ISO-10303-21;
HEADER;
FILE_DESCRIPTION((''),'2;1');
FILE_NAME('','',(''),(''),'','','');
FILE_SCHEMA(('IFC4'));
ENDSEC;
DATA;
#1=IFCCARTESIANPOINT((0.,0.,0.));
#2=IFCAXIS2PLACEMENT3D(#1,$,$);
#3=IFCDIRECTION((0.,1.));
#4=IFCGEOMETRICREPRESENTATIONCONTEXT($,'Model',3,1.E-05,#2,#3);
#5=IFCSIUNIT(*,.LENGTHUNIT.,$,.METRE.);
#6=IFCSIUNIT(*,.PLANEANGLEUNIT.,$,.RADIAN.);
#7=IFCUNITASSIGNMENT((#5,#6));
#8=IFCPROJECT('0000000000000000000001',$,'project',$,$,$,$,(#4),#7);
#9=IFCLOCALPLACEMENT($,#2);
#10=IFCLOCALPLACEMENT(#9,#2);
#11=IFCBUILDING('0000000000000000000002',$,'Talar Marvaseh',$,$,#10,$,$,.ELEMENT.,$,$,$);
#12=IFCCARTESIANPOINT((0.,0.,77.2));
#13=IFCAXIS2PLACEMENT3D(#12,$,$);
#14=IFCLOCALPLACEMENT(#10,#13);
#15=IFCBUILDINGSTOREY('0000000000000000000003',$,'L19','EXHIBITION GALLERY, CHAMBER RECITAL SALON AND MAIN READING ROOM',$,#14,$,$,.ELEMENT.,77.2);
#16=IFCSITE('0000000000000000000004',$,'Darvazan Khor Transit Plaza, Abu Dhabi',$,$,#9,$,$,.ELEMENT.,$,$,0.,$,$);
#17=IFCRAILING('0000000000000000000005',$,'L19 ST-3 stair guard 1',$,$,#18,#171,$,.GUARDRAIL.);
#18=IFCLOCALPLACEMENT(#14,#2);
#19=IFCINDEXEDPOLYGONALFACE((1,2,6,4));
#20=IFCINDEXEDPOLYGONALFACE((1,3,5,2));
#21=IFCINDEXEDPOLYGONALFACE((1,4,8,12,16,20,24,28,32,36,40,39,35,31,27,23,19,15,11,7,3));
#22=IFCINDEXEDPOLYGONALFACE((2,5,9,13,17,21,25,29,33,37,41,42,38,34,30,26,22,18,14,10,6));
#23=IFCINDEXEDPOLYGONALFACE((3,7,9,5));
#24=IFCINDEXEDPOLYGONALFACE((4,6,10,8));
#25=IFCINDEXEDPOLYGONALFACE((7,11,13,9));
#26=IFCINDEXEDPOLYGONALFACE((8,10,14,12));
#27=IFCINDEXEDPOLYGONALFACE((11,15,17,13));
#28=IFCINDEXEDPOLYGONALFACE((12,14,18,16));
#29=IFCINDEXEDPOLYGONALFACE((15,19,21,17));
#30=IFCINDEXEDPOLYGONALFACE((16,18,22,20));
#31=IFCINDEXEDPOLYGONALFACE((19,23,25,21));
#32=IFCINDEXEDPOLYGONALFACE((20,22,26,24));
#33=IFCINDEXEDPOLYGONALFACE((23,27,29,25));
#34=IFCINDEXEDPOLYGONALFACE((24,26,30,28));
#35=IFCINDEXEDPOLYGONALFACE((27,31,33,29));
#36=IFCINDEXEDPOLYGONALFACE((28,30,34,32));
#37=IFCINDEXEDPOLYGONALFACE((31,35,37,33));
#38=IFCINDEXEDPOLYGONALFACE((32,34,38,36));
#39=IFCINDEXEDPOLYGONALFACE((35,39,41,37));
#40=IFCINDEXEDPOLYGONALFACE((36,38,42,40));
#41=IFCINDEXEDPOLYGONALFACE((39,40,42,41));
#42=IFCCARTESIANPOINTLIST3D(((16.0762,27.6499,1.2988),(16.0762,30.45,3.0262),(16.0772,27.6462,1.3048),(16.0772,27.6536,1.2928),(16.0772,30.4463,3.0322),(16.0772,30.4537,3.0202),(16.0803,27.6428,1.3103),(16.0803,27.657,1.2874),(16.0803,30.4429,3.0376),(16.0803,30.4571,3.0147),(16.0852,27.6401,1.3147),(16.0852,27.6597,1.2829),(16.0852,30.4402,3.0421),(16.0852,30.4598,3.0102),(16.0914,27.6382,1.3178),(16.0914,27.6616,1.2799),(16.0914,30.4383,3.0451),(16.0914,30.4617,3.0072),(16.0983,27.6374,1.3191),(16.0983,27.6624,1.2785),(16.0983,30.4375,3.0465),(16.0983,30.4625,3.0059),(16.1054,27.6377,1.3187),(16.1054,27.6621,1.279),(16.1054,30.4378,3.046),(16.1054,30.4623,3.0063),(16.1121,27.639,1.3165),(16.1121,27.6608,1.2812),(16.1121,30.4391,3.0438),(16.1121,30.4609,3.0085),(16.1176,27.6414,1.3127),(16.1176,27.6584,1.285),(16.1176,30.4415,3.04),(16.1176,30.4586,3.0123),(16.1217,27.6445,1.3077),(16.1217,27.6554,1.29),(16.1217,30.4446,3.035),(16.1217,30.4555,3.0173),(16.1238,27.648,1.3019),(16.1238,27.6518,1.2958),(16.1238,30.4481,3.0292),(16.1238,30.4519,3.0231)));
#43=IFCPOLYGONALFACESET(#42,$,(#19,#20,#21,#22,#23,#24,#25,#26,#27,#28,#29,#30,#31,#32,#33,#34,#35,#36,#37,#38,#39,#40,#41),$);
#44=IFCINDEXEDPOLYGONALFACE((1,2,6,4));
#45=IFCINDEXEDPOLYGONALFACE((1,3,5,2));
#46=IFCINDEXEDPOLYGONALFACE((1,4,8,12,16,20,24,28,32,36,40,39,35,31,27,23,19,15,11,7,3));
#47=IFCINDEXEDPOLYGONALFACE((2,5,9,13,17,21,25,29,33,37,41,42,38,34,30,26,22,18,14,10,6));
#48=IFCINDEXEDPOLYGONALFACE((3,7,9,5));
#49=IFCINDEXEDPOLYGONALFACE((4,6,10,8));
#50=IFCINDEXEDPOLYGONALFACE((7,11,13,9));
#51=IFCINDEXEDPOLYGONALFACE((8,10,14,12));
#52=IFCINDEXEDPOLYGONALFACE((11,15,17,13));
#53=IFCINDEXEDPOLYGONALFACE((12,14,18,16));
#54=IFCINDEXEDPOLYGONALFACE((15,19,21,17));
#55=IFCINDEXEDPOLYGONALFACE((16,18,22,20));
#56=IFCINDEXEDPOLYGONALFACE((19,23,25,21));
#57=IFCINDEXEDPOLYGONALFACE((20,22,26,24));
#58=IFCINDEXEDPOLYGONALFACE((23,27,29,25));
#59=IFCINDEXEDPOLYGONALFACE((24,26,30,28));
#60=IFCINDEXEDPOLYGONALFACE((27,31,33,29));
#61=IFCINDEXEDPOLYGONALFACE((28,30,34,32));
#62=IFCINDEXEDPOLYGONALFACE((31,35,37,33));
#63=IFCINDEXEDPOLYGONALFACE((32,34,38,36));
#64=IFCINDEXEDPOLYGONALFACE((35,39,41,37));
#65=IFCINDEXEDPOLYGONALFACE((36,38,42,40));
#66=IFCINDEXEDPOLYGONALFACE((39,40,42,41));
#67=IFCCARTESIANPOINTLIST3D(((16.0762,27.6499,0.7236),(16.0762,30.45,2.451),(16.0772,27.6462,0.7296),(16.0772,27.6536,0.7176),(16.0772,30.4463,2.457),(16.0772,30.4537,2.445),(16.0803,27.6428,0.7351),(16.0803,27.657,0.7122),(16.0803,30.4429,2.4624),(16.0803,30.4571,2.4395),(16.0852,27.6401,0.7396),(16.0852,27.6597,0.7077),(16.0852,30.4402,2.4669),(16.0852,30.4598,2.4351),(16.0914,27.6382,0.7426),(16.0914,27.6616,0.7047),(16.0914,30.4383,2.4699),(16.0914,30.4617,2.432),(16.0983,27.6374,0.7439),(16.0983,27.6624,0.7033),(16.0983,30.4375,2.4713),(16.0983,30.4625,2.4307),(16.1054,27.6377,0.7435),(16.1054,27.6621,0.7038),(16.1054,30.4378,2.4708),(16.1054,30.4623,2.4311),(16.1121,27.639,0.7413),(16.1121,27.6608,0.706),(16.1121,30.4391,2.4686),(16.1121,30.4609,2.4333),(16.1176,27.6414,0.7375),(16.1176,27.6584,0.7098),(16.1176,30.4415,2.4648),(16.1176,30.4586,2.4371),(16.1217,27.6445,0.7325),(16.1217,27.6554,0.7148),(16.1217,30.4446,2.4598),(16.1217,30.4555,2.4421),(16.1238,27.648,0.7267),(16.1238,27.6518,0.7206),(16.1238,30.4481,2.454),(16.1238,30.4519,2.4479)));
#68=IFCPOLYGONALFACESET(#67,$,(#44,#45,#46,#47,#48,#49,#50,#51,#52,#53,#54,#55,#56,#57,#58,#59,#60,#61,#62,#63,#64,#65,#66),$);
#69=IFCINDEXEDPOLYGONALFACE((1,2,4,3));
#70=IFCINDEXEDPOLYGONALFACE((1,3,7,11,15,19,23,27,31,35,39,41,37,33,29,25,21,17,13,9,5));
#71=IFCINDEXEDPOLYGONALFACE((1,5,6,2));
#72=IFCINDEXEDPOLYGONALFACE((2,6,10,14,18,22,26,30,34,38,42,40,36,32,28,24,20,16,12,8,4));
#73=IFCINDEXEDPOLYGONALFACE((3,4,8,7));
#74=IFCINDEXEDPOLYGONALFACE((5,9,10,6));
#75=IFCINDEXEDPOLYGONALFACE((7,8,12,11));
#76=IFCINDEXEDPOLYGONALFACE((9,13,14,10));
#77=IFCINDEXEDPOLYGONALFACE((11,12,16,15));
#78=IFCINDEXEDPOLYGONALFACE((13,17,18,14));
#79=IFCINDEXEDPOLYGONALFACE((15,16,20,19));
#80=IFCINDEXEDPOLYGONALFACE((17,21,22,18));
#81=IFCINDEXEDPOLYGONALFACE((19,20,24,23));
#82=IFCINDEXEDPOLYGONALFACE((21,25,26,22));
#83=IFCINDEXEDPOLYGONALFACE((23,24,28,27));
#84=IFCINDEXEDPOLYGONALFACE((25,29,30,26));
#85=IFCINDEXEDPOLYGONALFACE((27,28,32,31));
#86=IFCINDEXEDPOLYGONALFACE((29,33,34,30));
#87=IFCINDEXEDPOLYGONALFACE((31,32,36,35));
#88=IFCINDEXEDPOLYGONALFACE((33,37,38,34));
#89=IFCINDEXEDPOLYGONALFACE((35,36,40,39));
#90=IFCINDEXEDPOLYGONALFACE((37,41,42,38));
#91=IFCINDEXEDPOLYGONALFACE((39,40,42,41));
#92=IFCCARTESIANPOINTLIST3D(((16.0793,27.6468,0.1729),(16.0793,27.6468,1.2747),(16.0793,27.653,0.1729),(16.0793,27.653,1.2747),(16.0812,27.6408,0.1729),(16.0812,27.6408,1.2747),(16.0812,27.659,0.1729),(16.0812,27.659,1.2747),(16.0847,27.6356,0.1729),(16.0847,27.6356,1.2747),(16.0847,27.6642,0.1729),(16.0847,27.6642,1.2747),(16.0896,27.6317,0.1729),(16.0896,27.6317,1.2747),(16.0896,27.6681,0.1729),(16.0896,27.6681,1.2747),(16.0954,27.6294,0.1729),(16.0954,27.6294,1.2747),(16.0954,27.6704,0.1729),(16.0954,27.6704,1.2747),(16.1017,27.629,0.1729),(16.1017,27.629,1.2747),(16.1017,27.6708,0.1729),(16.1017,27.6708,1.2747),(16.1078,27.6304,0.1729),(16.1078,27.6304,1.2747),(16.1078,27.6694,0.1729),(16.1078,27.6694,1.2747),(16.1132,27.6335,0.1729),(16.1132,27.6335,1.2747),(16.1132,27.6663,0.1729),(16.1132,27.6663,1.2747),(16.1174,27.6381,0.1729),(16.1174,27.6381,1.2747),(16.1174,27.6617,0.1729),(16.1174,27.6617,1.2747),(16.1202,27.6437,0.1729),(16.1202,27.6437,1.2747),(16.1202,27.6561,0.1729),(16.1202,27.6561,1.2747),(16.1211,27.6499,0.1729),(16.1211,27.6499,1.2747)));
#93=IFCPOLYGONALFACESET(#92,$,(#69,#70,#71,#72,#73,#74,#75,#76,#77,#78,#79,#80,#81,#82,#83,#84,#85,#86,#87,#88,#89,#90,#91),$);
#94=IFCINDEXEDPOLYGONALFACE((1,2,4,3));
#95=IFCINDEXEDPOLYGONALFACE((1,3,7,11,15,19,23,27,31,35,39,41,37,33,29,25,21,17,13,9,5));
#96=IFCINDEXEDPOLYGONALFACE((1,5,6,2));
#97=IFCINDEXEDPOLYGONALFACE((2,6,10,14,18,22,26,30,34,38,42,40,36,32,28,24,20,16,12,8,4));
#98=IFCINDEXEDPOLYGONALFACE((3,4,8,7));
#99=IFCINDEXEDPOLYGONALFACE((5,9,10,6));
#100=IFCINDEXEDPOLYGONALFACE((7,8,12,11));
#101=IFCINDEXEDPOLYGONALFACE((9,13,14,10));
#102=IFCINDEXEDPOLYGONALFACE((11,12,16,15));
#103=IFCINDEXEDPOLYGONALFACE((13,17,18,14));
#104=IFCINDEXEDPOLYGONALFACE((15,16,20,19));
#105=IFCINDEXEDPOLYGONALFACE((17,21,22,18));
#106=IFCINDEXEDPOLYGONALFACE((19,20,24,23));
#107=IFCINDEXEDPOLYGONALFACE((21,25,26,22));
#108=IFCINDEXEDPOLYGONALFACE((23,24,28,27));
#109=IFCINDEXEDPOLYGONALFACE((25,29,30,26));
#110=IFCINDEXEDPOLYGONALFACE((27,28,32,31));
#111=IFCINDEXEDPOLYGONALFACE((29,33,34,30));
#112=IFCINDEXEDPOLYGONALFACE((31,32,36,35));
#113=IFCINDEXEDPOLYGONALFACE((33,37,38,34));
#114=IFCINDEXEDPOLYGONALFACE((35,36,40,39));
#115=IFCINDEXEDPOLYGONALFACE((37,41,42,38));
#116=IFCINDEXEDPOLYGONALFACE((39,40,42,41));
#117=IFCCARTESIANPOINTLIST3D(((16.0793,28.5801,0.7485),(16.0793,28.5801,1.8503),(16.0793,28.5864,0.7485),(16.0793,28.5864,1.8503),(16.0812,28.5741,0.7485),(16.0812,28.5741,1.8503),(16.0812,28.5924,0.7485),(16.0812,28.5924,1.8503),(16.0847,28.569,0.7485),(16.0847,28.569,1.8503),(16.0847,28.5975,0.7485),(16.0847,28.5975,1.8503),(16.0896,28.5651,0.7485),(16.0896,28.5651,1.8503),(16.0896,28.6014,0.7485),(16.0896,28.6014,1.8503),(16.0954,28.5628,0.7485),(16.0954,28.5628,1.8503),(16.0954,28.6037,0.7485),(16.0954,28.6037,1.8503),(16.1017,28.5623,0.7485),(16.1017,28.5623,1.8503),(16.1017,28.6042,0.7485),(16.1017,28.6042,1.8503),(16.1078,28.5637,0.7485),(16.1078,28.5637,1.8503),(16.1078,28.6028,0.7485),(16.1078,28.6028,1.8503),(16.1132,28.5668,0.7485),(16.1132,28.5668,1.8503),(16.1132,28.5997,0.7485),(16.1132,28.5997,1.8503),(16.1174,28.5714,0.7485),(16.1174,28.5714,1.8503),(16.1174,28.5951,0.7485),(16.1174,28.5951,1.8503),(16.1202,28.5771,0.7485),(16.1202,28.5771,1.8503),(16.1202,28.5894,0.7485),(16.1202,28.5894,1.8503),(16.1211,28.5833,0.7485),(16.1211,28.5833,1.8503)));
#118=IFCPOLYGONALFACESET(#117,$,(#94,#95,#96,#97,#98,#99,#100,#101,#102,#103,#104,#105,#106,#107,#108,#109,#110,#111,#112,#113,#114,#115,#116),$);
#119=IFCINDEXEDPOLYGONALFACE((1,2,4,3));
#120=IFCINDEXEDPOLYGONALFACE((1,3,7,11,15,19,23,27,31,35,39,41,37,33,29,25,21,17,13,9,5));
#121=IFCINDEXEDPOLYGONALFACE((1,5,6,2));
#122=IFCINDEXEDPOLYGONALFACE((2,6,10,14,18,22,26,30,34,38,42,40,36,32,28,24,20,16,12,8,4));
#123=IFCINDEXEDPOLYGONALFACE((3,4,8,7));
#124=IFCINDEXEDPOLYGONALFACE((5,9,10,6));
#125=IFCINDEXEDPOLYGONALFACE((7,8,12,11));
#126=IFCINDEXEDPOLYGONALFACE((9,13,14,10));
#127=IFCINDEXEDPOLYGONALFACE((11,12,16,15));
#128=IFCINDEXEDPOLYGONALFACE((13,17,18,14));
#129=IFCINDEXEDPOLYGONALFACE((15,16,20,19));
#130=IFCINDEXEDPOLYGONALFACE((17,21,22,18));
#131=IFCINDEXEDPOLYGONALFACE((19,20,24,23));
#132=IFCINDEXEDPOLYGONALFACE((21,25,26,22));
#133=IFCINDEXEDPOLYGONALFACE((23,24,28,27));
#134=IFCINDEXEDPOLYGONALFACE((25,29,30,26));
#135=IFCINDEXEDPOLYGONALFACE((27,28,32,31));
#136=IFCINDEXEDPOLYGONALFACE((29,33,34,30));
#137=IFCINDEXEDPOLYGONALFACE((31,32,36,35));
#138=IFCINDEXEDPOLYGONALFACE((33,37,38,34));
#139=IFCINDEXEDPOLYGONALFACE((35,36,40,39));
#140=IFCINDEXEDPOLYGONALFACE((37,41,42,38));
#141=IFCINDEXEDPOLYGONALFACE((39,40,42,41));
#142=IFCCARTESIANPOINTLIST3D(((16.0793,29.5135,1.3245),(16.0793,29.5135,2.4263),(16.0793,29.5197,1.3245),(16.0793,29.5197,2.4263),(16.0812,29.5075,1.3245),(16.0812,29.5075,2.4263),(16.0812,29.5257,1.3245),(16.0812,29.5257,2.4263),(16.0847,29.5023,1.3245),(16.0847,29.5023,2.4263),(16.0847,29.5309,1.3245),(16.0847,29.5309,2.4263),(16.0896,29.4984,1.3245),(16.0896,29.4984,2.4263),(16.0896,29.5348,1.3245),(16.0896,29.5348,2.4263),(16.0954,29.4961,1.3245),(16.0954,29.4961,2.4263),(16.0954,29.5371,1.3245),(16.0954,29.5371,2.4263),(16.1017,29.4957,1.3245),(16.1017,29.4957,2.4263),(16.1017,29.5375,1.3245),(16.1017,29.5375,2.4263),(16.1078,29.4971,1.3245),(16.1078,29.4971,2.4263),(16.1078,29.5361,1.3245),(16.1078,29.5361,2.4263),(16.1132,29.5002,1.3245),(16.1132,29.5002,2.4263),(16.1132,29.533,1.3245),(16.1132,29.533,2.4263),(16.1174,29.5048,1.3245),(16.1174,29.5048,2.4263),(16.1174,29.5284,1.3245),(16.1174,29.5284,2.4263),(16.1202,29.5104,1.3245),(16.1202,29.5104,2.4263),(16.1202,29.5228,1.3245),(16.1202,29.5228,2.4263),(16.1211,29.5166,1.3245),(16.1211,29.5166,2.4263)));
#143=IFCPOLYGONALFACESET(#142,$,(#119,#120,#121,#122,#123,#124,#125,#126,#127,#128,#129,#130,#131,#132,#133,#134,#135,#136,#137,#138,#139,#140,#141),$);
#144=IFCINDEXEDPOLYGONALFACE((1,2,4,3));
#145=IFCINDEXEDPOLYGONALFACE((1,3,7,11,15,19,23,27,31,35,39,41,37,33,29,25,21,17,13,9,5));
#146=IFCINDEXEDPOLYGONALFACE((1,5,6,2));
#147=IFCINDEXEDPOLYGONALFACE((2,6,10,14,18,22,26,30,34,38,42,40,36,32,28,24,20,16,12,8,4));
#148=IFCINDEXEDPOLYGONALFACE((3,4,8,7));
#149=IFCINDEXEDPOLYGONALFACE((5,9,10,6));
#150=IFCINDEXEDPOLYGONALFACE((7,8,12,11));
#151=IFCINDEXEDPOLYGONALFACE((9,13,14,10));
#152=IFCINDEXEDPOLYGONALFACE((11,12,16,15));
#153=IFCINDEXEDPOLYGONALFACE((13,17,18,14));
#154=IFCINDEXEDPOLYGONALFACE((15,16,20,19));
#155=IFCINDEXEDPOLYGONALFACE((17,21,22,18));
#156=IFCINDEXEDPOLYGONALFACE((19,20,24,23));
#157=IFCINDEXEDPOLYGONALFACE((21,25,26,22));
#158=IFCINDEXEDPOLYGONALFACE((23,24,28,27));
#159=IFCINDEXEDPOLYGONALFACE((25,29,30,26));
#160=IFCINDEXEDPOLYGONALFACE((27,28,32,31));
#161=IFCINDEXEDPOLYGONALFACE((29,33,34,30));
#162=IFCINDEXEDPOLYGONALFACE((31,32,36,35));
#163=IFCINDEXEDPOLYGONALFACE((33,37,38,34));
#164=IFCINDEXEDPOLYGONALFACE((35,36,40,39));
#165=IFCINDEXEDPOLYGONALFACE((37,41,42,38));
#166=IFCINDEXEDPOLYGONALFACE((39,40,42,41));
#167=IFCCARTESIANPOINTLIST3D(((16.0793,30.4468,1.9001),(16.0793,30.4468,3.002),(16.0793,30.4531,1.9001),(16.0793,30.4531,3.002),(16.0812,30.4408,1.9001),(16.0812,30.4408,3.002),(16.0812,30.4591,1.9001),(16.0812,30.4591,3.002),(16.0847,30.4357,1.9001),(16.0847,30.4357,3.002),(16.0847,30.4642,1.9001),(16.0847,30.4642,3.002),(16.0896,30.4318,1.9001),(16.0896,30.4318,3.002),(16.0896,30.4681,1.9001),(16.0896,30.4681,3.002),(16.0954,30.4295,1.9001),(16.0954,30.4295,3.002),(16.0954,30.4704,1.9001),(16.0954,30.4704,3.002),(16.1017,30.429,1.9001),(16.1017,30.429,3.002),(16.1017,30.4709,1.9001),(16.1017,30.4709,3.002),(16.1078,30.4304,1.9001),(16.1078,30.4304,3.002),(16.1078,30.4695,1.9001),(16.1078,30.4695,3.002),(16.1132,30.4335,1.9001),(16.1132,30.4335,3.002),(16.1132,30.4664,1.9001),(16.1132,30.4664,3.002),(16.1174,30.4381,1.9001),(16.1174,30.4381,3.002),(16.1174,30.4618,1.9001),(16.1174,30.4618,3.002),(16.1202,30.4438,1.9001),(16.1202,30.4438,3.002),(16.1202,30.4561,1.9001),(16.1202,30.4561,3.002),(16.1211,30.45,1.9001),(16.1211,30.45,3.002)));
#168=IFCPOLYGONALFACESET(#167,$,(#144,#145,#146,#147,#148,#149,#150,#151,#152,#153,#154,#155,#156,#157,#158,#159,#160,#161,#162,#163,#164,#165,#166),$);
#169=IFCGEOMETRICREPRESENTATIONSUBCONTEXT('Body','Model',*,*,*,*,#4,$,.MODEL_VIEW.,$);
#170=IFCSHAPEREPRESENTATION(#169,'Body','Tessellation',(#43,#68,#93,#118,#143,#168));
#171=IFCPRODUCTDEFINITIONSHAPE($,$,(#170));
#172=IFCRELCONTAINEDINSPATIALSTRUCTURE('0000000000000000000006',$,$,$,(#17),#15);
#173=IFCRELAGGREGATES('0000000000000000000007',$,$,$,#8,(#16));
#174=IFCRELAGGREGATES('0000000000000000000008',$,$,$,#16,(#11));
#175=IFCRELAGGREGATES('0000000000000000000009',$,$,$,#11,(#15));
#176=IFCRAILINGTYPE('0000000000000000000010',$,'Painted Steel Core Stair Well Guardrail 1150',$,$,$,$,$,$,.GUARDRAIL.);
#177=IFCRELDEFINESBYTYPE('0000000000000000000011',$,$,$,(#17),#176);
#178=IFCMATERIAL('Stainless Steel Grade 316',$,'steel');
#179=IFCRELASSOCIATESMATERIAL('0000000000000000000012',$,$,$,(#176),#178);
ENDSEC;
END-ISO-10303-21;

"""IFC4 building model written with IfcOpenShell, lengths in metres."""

from ifc_helpers import new_model, si_unit, direction, frame, origin, origin_2d, place, context, subcontext, project, spatial, circle, extrude, material, type_object, element, save


model = new_model("IFC4")

# Units and contexts
model_context = context("Model", 3, precision=1e-05, world=origin(), true_north=direction((0.0, 1.0)))
body_context = subcontext(model_context, "Body", "Model", "MODEL_VIEW")
ifc_project = project(units=[si_unit("LENGTHUNIT", "METRE"), si_unit("PLANEANGLEUNIT", "RADIAN")], contexts=[model_context])

# Site, building, storey
site_placement = place(None, origin())
site = spatial("IfcSite", under=ifc_project, at=site_placement, Name="Darvazan Khor Transit Plaza, Abu Dhabi", CompositionType="ELEMENT", RefElevation=0.0)
building_placement = place(site_placement, origin())
building = spatial("IfcBuilding", under=site, at=building_placement, Name="Talar Marvaseh", CompositionType="ELEMENT")
storey_placement = place(building_placement, frame((0.0, 0.0, 77.2)))
storey = spatial("IfcBuildingStorey", under=building, at=storey_placement, Name="L19", Description="EXHIBITION GALLERY, CHAMBER RECITAL SALON AND MAIN READING ROOM", CompositionType="ELEMENT", Elevation=77.2)

# Railing
ifc_material_1 = material(Name="Stainless Steel Grade 316", Category="steel")
railing_type_1 = type_object("IfcRailingType", Name="Painted Steel Core Stair Well Guardrail 1150", PredefinedType="GUARDRAIL", material=ifc_material_1)
railing_1_placement = place(storey_placement, frame((16.1001, 27.6499, 0.1729)))
element("IfcRailing", 1, at=railing_1_placement, inside=storey, type_object=railing_type_1, Name="L19 ST-3 stair guard 1", PredefinedType="GUARDRAIL", context=body_context, shape_type="SweptSolid", body=[
    extrude(circle(Radius=0.0239, at=origin_2d()), frame((0.0, 0.0, 1.126), z_axis=(0.0, 0.85109, 0.52502), x_axis=(-1.0, 0.0, 0.0)), (0.0, 0.0, 1.0), 3.29),
    extrude(circle(Radius=0.0239, at=origin_2d()), frame((0.0, 0.0, 0.5508), z_axis=(0.0, 0.85109, 0.52502), x_axis=(-1.0, 0.0, 0.0)), (0.0, 0.0, 1.0), 3.29),
    extrude(circle(Radius=0.021, at=origin_2d()), origin(), (0.0, 0.0, 1.0), 1.1018),
    extrude(circle(Radius=0.021, at=origin_2d()), frame((0.0, 0.9333, 0.5757)), (0.0, 0.0, 1.0), 1.1018),
    extrude(circle(Radius=0.021, at=origin_2d()), frame((0.0, 1.8667, 1.1516)), (0.0, 0.0, 1.0), 1.1018),
    extrude(circle(Radius=0.021, at=origin_2d()), frame((0.0, 2.8, 1.7273)), (0.0, 0.0, 1.0), 1.1018),
])

save(model, "model.ifc")
